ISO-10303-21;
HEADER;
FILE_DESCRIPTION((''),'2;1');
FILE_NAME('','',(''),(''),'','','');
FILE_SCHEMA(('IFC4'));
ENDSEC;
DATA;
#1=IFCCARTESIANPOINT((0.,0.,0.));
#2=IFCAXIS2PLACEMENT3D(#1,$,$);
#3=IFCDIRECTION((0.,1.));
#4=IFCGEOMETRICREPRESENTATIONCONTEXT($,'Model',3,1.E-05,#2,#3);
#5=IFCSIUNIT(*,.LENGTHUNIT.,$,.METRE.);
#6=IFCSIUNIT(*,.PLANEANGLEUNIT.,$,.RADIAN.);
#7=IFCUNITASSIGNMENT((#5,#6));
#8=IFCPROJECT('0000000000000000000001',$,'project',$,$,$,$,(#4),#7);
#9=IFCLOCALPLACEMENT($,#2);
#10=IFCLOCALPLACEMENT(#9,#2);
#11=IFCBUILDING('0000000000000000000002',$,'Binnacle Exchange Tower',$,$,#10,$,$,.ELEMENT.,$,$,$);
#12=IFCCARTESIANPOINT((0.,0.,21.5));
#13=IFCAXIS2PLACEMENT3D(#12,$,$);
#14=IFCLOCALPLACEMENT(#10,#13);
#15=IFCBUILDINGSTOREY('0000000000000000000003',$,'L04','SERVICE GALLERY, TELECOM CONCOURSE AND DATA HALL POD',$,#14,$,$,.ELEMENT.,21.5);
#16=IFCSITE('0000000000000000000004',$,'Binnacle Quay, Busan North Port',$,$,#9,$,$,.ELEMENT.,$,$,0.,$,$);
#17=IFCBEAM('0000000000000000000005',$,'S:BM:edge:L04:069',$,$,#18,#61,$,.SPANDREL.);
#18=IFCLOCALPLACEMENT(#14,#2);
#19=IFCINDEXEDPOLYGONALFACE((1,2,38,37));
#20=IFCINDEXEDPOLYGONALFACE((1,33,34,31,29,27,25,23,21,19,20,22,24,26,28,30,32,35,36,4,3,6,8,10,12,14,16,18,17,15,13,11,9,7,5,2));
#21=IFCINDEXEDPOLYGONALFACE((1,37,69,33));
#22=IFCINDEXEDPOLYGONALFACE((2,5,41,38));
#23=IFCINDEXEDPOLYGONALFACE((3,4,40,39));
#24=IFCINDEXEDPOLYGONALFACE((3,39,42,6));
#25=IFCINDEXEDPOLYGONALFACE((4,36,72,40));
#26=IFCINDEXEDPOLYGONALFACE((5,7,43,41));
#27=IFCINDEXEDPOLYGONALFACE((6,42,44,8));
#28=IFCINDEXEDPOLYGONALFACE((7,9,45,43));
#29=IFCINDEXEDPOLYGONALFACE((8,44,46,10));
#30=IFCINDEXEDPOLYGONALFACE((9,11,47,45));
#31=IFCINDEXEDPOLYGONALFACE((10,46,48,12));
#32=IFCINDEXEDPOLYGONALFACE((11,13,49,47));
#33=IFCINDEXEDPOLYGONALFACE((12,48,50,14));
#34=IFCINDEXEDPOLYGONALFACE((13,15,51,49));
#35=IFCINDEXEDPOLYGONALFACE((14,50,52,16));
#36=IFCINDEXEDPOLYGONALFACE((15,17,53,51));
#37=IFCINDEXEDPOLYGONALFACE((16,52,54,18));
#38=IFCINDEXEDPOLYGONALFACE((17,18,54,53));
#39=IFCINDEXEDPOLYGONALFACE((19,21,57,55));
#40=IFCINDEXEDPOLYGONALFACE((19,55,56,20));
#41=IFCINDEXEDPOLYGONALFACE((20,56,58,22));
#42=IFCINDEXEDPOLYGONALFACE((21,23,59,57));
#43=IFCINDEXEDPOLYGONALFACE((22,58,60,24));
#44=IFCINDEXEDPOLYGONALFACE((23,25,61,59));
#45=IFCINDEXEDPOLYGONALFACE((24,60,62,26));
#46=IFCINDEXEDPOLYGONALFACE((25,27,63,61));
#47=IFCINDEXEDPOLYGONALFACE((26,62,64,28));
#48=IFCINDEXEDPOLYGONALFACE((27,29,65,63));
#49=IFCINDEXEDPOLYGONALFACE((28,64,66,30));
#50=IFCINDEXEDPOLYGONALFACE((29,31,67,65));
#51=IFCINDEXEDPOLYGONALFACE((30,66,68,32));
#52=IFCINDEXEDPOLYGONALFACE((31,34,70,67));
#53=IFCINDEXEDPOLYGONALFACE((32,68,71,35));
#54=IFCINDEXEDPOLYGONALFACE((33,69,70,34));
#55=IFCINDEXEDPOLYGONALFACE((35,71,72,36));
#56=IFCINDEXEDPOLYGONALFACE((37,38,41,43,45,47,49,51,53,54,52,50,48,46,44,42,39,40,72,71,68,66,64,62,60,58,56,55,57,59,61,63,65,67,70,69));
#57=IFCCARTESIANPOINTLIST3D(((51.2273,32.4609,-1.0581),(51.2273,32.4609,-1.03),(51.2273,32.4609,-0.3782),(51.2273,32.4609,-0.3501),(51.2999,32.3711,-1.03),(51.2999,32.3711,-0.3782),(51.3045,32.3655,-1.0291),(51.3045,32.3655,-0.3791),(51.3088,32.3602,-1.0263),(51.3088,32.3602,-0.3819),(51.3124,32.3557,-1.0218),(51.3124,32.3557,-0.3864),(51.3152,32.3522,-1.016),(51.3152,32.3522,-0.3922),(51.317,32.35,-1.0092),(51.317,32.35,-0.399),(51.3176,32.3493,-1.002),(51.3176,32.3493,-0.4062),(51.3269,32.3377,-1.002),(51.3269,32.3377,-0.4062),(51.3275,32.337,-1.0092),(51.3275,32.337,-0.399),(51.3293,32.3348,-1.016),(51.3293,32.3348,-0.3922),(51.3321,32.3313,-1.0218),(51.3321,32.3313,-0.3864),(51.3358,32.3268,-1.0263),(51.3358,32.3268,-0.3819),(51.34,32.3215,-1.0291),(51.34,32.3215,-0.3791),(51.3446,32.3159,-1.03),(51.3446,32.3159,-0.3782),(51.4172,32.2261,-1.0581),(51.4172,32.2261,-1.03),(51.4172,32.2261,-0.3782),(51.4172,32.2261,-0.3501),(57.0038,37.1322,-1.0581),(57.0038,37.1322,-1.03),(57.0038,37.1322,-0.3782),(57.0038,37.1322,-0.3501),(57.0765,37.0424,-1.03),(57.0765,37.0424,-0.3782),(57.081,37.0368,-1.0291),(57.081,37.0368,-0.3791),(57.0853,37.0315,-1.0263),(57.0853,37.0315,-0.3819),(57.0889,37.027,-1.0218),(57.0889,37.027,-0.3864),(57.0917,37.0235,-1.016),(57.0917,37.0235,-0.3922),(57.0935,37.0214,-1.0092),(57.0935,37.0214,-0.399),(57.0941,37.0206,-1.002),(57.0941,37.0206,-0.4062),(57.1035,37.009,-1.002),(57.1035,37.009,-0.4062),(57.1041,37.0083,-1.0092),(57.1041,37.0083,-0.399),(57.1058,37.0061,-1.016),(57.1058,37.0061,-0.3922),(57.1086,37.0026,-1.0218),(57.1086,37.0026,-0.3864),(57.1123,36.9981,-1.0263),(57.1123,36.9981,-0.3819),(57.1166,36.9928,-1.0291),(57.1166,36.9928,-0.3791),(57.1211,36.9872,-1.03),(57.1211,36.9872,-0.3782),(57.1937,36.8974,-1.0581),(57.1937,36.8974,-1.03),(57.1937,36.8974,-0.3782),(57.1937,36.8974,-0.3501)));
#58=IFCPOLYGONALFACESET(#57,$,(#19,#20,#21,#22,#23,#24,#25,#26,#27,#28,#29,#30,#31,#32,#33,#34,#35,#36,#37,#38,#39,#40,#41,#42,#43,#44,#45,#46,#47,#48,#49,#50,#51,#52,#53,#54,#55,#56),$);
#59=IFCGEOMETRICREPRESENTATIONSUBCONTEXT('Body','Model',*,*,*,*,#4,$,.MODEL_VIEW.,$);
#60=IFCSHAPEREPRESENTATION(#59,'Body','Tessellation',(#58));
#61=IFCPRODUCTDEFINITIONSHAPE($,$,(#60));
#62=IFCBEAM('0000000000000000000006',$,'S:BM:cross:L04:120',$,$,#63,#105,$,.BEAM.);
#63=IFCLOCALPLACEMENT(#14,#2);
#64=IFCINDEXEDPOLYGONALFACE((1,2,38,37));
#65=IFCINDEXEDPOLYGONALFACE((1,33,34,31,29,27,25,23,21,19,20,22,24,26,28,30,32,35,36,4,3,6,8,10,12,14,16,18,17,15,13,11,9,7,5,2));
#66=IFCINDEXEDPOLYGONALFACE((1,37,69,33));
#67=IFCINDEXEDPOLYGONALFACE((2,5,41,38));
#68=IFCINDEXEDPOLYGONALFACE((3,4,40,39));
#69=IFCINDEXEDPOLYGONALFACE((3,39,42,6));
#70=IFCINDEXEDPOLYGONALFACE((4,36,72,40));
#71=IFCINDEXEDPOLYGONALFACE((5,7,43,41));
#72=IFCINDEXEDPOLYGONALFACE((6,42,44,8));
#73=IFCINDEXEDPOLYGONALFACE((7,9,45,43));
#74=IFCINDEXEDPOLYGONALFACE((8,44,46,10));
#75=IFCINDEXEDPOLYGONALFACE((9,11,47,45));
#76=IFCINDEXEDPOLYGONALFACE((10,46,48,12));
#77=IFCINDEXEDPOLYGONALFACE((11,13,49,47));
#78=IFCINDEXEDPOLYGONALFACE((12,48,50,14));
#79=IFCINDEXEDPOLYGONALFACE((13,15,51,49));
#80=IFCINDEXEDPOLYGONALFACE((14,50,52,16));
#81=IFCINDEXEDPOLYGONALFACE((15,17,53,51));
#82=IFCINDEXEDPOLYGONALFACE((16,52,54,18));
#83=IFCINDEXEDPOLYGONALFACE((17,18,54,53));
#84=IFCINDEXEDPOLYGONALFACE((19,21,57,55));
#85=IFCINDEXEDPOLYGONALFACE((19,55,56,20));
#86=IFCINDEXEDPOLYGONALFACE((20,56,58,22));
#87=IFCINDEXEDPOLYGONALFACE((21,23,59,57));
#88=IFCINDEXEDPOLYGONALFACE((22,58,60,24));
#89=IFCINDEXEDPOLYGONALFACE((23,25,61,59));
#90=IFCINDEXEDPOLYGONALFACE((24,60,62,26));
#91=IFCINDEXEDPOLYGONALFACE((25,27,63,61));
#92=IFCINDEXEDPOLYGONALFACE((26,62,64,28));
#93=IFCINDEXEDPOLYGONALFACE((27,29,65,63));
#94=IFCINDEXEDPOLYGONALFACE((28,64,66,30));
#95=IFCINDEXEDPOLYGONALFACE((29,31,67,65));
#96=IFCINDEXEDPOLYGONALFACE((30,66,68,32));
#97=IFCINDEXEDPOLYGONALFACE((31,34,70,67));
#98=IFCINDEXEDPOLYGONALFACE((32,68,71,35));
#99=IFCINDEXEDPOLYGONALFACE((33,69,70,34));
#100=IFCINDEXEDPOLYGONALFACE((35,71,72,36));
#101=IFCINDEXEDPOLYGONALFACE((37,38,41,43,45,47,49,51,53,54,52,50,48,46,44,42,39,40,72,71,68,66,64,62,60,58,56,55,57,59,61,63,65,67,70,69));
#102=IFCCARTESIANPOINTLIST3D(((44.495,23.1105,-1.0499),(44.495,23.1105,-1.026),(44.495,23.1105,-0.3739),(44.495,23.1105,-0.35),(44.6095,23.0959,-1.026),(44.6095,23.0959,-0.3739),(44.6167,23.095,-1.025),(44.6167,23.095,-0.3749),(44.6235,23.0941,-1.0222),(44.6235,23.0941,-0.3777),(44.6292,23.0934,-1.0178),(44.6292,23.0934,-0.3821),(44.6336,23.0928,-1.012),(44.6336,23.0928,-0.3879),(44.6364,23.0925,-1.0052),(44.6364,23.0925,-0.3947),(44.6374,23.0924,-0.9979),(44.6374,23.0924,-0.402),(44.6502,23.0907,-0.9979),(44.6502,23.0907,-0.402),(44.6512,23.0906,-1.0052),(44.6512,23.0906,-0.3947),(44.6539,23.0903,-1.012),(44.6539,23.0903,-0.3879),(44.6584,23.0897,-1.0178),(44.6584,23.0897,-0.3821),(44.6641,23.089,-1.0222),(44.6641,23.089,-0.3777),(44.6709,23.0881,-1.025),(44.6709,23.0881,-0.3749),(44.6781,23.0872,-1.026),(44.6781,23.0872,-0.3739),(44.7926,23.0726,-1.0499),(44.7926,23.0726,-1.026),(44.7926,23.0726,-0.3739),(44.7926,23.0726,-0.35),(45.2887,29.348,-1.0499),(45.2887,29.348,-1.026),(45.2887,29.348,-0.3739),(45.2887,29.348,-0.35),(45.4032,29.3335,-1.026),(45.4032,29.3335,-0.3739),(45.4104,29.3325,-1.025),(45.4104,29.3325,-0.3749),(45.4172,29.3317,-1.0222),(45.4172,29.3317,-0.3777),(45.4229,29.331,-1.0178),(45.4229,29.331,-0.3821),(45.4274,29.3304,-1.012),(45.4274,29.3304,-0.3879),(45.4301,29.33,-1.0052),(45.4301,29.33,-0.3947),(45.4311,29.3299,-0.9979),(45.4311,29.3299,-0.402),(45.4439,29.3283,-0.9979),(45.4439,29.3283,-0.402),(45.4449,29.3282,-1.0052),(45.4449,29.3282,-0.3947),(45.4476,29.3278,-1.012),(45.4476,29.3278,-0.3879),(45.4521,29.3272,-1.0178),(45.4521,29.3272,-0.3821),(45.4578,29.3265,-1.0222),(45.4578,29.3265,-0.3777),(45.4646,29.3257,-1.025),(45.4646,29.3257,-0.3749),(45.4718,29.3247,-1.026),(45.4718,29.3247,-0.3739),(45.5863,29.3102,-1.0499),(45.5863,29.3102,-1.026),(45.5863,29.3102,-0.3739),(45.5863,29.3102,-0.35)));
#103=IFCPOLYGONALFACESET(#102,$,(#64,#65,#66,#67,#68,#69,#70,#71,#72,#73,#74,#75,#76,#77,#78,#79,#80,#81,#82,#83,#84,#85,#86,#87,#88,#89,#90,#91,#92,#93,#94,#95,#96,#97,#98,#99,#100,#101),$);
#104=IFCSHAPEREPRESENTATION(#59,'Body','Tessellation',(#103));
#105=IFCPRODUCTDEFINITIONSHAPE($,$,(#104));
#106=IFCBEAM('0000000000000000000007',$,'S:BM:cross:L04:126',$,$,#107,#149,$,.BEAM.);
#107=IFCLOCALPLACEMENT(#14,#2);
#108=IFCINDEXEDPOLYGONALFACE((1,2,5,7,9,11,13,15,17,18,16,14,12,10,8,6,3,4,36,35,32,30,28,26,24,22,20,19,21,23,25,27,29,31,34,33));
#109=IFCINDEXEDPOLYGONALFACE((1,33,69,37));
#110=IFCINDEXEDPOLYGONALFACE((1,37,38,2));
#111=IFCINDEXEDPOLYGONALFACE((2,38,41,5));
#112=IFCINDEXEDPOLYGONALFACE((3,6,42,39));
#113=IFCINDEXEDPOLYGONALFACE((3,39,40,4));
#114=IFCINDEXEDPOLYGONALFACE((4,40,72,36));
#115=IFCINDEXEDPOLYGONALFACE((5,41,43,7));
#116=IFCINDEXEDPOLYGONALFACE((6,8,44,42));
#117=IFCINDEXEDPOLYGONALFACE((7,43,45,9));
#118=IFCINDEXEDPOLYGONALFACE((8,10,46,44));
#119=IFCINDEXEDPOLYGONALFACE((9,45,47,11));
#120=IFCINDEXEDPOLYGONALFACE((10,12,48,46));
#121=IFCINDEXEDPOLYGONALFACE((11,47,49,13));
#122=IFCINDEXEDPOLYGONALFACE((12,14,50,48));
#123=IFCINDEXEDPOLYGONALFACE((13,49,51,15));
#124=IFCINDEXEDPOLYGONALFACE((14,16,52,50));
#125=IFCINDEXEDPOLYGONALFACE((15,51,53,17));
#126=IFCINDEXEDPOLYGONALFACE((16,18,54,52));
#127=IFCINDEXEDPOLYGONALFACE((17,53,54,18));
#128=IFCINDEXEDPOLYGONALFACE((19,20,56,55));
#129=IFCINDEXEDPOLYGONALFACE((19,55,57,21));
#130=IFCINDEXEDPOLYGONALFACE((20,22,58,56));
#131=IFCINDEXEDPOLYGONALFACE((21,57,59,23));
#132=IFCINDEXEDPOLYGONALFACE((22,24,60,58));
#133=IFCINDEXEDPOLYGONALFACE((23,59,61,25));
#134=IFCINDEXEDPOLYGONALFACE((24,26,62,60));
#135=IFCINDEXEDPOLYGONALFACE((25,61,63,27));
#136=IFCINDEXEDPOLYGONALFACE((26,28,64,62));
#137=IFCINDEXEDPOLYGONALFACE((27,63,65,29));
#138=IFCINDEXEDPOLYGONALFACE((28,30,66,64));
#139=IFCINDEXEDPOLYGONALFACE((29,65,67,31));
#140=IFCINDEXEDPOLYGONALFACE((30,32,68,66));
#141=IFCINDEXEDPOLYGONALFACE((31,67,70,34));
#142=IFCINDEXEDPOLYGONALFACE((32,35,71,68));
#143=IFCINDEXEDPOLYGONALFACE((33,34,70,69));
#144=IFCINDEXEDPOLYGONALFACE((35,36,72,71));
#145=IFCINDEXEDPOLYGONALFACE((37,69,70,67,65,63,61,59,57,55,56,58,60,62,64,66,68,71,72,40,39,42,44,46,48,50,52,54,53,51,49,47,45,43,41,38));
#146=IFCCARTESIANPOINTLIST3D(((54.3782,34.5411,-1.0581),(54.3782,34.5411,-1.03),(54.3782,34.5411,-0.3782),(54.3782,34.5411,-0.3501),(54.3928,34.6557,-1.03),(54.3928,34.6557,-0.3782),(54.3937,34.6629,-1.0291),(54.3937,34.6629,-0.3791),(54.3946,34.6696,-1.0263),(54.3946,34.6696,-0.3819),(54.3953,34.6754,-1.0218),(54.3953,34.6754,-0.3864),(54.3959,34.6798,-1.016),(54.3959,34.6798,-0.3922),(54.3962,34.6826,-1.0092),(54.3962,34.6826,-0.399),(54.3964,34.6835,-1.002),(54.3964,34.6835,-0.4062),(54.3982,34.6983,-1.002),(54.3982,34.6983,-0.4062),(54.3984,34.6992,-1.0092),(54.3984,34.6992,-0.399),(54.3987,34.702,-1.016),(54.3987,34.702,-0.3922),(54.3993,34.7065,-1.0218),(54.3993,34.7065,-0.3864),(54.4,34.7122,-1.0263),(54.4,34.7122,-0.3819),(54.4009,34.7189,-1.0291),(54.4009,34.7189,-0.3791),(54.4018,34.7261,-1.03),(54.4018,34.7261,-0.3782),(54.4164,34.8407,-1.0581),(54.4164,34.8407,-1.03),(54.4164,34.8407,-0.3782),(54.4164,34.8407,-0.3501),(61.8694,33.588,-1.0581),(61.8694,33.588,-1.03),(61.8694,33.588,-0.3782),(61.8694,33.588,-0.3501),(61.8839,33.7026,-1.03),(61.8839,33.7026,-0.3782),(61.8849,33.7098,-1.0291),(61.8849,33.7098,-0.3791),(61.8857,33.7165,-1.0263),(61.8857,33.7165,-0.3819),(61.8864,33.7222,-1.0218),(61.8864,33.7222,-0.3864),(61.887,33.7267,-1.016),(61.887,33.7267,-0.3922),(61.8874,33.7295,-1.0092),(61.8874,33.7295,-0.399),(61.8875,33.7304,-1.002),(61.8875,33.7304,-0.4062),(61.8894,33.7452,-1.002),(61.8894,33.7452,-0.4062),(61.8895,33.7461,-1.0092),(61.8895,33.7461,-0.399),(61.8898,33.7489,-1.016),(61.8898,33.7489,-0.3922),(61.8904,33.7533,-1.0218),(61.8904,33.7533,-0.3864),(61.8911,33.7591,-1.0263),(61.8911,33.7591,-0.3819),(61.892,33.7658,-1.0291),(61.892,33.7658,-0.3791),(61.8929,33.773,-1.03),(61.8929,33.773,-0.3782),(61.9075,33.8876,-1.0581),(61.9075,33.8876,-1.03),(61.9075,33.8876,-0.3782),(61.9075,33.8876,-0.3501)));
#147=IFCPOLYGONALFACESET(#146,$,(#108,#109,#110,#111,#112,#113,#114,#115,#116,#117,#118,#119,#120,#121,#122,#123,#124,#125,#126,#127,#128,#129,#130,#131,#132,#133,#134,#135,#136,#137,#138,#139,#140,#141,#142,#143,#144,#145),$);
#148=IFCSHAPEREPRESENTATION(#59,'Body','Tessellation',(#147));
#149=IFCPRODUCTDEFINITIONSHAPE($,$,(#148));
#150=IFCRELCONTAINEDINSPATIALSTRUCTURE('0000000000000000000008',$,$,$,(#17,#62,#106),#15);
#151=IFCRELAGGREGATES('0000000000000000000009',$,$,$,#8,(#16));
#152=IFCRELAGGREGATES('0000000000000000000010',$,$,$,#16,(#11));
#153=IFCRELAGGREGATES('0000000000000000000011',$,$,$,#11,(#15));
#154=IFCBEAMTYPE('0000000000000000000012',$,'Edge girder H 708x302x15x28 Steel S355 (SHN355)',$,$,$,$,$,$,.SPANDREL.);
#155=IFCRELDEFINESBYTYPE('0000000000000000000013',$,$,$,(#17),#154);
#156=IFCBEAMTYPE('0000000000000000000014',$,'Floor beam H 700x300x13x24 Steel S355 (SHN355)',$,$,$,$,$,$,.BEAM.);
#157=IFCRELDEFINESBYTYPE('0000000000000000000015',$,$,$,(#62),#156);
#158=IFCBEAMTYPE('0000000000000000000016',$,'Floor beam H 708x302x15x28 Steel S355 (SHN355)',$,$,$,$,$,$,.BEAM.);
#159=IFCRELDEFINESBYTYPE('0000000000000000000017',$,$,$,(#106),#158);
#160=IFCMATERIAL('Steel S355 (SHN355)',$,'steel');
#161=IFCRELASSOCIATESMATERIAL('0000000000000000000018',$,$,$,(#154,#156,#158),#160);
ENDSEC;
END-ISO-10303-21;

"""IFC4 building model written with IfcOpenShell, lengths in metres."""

from ifc_helpers import new_model, si_unit, direction, frame, origin, origin_2d, place, context, subcontext, project, spatial, i_section, extrude, material, material_profile, profile_set, type_object, element, save


model = new_model("IFC4")

# Units and contexts
model_context = context("Model", 3, precision=1e-05, world=origin(), true_north=direction((0.0, 1.0)))
body_context = subcontext(model_context, "Body", "Model", "MODEL_VIEW")
ifc_project = project(units=[si_unit("LENGTHUNIT", "METRE"), si_unit("PLANEANGLEUNIT", "RADIAN")], contexts=[model_context])

# Site, building, storey
site_placement = place(None, origin())
site = spatial("IfcSite", under=ifc_project, at=site_placement, Name="Binnacle Quay, Busan North Port", CompositionType="ELEMENT", RefElevation=0.0)
building_placement = place(site_placement, origin())
building = spatial("IfcBuilding", under=site, at=building_placement, Name="Binnacle Exchange Tower", CompositionType="ELEMENT")
storey_placement = place(building_placement, frame((0.0, 0.0, 21.5)))
storey = spatial("IfcBuildingStorey", under=building, at=storey_placement, Name="L04", Description="SERVICE GALLERY, TELECOM CONCOURSE AND DATA HALL POD", CompositionType="ELEMENT", Elevation=21.5)

# Beams
ifc_material_1 = material(Name="Steel S355 (SHN355)", Category="steel")
ifc_material_profile_1 = material_profile(ifc_material_1, i_section(OverallWidth=0.302, OverallDepth=0.708, WebThickness=0.0149, FlangeThickness=0.0281, FilletRadius=0.0281, at=origin_2d()), Name="H 708x302x15x28")
ifc_profile_set_1 = profile_set([ifc_material_profile_1], Name="Steel S355 (SHN355)")
beam_type_1 = type_object("IfcBeamType", Name="Edge girder H 708x302x15x28 Steel S355 (SHN355)", PredefinedType="SPANDREL", material=ifc_profile_set_1)
beam_1_placement = place(storey_placement, frame((51.3223, 32.3435, -0.7041), z_axis=(0.777568, 0.628798, 0.0), x_axis=(-0.628798, 0.777568, 0.0)))
element("IfcBeam", 1, at=beam_1_placement, inside=storey, type_object=beam_type_1, Name="S:BM:edge:L04:069", PredefinedType="SPANDREL", context=body_context, shape_type="SweptSolid", body=[
    extrude(i_section(OverallWidth=0.302, OverallDepth=0.708, WebThickness=0.0149, FlangeThickness=0.0281, FilletRadius=0.0281, at=origin_2d()), origin(), (0.0, 0.0, 1.0), 7.429),
])
ifc_material_profile_2 = material_profile(ifc_material_1, i_section(OverallWidth=0.3, OverallDepth=0.7, WebThickness=0.0129, FlangeThickness=0.0239, FilletRadius=0.0281, at=origin_2d()), Name="H 700x300x13x24")
ifc_profile_set_2 = profile_set([ifc_material_profile_2], Name="Steel S355 (SHN355)")
beam_type_2 = type_object("IfcBeamType", Name="Floor beam H 700x300x13x24 Steel S355 (SHN355)", PredefinedType="BEAM", material=ifc_profile_set_2)
beam_2_placement = place(storey_placement, frame((44.6438, 23.0916, -0.7), z_axis=(0.126228, 0.992001, 0.0), x_axis=(-0.992001, 0.126228, 0.0)))
element("IfcBeam", 2, at=beam_2_placement, inside=storey, type_object=beam_type_2, Name="S:BM:cross:L04:120", PredefinedType="BEAM", context=body_context, shape_type="SweptSolid", body=[
    extrude(i_section(OverallWidth=0.3, OverallDepth=0.7, WebThickness=0.0129, FlangeThickness=0.0239, FilletRadius=0.0281, at=origin_2d()), origin(), (0.0, 0.0, 1.0), 6.2878),
])
ifc_material_profile_3 = material_profile(ifc_material_1, i_section(OverallWidth=0.302, OverallDepth=0.708, WebThickness=0.0149, FlangeThickness=0.0281, FilletRadius=0.0281, at=origin_2d()), Name="H 708x302x15x28")
ifc_profile_set_3 = profile_set([ifc_material_profile_3], Name="Steel S355 (SHN355)")
beam_type_3 = type_object("IfcBeamType", Name="Floor beam H 708x302x15x28 Steel S355 (SHN355)", PredefinedType="BEAM", material=ifc_profile_set_3)
beam_3_placement = place(storey_placement, frame((61.8884, 33.7378, -0.7041), z_axis=(-0.992003, 0.126215, 0.0), x_axis=(-0.126215, -0.992003, 0.0)))
element("IfcBeam", 3, at=beam_3_placement, inside=storey, type_object=beam_type_3, Name="S:BM:cross:L04:126", PredefinedType="BEAM", context=body_context, shape_type="SweptSolid", body=[
    extrude(i_section(OverallWidth=0.302, OverallDepth=0.708, WebThickness=0.0149, FlangeThickness=0.0281, FilletRadius=0.0281, at=origin_2d()), origin(), (0.0, 0.0, 1.0), 7.5515),
])

save(model, "model.ifc")
